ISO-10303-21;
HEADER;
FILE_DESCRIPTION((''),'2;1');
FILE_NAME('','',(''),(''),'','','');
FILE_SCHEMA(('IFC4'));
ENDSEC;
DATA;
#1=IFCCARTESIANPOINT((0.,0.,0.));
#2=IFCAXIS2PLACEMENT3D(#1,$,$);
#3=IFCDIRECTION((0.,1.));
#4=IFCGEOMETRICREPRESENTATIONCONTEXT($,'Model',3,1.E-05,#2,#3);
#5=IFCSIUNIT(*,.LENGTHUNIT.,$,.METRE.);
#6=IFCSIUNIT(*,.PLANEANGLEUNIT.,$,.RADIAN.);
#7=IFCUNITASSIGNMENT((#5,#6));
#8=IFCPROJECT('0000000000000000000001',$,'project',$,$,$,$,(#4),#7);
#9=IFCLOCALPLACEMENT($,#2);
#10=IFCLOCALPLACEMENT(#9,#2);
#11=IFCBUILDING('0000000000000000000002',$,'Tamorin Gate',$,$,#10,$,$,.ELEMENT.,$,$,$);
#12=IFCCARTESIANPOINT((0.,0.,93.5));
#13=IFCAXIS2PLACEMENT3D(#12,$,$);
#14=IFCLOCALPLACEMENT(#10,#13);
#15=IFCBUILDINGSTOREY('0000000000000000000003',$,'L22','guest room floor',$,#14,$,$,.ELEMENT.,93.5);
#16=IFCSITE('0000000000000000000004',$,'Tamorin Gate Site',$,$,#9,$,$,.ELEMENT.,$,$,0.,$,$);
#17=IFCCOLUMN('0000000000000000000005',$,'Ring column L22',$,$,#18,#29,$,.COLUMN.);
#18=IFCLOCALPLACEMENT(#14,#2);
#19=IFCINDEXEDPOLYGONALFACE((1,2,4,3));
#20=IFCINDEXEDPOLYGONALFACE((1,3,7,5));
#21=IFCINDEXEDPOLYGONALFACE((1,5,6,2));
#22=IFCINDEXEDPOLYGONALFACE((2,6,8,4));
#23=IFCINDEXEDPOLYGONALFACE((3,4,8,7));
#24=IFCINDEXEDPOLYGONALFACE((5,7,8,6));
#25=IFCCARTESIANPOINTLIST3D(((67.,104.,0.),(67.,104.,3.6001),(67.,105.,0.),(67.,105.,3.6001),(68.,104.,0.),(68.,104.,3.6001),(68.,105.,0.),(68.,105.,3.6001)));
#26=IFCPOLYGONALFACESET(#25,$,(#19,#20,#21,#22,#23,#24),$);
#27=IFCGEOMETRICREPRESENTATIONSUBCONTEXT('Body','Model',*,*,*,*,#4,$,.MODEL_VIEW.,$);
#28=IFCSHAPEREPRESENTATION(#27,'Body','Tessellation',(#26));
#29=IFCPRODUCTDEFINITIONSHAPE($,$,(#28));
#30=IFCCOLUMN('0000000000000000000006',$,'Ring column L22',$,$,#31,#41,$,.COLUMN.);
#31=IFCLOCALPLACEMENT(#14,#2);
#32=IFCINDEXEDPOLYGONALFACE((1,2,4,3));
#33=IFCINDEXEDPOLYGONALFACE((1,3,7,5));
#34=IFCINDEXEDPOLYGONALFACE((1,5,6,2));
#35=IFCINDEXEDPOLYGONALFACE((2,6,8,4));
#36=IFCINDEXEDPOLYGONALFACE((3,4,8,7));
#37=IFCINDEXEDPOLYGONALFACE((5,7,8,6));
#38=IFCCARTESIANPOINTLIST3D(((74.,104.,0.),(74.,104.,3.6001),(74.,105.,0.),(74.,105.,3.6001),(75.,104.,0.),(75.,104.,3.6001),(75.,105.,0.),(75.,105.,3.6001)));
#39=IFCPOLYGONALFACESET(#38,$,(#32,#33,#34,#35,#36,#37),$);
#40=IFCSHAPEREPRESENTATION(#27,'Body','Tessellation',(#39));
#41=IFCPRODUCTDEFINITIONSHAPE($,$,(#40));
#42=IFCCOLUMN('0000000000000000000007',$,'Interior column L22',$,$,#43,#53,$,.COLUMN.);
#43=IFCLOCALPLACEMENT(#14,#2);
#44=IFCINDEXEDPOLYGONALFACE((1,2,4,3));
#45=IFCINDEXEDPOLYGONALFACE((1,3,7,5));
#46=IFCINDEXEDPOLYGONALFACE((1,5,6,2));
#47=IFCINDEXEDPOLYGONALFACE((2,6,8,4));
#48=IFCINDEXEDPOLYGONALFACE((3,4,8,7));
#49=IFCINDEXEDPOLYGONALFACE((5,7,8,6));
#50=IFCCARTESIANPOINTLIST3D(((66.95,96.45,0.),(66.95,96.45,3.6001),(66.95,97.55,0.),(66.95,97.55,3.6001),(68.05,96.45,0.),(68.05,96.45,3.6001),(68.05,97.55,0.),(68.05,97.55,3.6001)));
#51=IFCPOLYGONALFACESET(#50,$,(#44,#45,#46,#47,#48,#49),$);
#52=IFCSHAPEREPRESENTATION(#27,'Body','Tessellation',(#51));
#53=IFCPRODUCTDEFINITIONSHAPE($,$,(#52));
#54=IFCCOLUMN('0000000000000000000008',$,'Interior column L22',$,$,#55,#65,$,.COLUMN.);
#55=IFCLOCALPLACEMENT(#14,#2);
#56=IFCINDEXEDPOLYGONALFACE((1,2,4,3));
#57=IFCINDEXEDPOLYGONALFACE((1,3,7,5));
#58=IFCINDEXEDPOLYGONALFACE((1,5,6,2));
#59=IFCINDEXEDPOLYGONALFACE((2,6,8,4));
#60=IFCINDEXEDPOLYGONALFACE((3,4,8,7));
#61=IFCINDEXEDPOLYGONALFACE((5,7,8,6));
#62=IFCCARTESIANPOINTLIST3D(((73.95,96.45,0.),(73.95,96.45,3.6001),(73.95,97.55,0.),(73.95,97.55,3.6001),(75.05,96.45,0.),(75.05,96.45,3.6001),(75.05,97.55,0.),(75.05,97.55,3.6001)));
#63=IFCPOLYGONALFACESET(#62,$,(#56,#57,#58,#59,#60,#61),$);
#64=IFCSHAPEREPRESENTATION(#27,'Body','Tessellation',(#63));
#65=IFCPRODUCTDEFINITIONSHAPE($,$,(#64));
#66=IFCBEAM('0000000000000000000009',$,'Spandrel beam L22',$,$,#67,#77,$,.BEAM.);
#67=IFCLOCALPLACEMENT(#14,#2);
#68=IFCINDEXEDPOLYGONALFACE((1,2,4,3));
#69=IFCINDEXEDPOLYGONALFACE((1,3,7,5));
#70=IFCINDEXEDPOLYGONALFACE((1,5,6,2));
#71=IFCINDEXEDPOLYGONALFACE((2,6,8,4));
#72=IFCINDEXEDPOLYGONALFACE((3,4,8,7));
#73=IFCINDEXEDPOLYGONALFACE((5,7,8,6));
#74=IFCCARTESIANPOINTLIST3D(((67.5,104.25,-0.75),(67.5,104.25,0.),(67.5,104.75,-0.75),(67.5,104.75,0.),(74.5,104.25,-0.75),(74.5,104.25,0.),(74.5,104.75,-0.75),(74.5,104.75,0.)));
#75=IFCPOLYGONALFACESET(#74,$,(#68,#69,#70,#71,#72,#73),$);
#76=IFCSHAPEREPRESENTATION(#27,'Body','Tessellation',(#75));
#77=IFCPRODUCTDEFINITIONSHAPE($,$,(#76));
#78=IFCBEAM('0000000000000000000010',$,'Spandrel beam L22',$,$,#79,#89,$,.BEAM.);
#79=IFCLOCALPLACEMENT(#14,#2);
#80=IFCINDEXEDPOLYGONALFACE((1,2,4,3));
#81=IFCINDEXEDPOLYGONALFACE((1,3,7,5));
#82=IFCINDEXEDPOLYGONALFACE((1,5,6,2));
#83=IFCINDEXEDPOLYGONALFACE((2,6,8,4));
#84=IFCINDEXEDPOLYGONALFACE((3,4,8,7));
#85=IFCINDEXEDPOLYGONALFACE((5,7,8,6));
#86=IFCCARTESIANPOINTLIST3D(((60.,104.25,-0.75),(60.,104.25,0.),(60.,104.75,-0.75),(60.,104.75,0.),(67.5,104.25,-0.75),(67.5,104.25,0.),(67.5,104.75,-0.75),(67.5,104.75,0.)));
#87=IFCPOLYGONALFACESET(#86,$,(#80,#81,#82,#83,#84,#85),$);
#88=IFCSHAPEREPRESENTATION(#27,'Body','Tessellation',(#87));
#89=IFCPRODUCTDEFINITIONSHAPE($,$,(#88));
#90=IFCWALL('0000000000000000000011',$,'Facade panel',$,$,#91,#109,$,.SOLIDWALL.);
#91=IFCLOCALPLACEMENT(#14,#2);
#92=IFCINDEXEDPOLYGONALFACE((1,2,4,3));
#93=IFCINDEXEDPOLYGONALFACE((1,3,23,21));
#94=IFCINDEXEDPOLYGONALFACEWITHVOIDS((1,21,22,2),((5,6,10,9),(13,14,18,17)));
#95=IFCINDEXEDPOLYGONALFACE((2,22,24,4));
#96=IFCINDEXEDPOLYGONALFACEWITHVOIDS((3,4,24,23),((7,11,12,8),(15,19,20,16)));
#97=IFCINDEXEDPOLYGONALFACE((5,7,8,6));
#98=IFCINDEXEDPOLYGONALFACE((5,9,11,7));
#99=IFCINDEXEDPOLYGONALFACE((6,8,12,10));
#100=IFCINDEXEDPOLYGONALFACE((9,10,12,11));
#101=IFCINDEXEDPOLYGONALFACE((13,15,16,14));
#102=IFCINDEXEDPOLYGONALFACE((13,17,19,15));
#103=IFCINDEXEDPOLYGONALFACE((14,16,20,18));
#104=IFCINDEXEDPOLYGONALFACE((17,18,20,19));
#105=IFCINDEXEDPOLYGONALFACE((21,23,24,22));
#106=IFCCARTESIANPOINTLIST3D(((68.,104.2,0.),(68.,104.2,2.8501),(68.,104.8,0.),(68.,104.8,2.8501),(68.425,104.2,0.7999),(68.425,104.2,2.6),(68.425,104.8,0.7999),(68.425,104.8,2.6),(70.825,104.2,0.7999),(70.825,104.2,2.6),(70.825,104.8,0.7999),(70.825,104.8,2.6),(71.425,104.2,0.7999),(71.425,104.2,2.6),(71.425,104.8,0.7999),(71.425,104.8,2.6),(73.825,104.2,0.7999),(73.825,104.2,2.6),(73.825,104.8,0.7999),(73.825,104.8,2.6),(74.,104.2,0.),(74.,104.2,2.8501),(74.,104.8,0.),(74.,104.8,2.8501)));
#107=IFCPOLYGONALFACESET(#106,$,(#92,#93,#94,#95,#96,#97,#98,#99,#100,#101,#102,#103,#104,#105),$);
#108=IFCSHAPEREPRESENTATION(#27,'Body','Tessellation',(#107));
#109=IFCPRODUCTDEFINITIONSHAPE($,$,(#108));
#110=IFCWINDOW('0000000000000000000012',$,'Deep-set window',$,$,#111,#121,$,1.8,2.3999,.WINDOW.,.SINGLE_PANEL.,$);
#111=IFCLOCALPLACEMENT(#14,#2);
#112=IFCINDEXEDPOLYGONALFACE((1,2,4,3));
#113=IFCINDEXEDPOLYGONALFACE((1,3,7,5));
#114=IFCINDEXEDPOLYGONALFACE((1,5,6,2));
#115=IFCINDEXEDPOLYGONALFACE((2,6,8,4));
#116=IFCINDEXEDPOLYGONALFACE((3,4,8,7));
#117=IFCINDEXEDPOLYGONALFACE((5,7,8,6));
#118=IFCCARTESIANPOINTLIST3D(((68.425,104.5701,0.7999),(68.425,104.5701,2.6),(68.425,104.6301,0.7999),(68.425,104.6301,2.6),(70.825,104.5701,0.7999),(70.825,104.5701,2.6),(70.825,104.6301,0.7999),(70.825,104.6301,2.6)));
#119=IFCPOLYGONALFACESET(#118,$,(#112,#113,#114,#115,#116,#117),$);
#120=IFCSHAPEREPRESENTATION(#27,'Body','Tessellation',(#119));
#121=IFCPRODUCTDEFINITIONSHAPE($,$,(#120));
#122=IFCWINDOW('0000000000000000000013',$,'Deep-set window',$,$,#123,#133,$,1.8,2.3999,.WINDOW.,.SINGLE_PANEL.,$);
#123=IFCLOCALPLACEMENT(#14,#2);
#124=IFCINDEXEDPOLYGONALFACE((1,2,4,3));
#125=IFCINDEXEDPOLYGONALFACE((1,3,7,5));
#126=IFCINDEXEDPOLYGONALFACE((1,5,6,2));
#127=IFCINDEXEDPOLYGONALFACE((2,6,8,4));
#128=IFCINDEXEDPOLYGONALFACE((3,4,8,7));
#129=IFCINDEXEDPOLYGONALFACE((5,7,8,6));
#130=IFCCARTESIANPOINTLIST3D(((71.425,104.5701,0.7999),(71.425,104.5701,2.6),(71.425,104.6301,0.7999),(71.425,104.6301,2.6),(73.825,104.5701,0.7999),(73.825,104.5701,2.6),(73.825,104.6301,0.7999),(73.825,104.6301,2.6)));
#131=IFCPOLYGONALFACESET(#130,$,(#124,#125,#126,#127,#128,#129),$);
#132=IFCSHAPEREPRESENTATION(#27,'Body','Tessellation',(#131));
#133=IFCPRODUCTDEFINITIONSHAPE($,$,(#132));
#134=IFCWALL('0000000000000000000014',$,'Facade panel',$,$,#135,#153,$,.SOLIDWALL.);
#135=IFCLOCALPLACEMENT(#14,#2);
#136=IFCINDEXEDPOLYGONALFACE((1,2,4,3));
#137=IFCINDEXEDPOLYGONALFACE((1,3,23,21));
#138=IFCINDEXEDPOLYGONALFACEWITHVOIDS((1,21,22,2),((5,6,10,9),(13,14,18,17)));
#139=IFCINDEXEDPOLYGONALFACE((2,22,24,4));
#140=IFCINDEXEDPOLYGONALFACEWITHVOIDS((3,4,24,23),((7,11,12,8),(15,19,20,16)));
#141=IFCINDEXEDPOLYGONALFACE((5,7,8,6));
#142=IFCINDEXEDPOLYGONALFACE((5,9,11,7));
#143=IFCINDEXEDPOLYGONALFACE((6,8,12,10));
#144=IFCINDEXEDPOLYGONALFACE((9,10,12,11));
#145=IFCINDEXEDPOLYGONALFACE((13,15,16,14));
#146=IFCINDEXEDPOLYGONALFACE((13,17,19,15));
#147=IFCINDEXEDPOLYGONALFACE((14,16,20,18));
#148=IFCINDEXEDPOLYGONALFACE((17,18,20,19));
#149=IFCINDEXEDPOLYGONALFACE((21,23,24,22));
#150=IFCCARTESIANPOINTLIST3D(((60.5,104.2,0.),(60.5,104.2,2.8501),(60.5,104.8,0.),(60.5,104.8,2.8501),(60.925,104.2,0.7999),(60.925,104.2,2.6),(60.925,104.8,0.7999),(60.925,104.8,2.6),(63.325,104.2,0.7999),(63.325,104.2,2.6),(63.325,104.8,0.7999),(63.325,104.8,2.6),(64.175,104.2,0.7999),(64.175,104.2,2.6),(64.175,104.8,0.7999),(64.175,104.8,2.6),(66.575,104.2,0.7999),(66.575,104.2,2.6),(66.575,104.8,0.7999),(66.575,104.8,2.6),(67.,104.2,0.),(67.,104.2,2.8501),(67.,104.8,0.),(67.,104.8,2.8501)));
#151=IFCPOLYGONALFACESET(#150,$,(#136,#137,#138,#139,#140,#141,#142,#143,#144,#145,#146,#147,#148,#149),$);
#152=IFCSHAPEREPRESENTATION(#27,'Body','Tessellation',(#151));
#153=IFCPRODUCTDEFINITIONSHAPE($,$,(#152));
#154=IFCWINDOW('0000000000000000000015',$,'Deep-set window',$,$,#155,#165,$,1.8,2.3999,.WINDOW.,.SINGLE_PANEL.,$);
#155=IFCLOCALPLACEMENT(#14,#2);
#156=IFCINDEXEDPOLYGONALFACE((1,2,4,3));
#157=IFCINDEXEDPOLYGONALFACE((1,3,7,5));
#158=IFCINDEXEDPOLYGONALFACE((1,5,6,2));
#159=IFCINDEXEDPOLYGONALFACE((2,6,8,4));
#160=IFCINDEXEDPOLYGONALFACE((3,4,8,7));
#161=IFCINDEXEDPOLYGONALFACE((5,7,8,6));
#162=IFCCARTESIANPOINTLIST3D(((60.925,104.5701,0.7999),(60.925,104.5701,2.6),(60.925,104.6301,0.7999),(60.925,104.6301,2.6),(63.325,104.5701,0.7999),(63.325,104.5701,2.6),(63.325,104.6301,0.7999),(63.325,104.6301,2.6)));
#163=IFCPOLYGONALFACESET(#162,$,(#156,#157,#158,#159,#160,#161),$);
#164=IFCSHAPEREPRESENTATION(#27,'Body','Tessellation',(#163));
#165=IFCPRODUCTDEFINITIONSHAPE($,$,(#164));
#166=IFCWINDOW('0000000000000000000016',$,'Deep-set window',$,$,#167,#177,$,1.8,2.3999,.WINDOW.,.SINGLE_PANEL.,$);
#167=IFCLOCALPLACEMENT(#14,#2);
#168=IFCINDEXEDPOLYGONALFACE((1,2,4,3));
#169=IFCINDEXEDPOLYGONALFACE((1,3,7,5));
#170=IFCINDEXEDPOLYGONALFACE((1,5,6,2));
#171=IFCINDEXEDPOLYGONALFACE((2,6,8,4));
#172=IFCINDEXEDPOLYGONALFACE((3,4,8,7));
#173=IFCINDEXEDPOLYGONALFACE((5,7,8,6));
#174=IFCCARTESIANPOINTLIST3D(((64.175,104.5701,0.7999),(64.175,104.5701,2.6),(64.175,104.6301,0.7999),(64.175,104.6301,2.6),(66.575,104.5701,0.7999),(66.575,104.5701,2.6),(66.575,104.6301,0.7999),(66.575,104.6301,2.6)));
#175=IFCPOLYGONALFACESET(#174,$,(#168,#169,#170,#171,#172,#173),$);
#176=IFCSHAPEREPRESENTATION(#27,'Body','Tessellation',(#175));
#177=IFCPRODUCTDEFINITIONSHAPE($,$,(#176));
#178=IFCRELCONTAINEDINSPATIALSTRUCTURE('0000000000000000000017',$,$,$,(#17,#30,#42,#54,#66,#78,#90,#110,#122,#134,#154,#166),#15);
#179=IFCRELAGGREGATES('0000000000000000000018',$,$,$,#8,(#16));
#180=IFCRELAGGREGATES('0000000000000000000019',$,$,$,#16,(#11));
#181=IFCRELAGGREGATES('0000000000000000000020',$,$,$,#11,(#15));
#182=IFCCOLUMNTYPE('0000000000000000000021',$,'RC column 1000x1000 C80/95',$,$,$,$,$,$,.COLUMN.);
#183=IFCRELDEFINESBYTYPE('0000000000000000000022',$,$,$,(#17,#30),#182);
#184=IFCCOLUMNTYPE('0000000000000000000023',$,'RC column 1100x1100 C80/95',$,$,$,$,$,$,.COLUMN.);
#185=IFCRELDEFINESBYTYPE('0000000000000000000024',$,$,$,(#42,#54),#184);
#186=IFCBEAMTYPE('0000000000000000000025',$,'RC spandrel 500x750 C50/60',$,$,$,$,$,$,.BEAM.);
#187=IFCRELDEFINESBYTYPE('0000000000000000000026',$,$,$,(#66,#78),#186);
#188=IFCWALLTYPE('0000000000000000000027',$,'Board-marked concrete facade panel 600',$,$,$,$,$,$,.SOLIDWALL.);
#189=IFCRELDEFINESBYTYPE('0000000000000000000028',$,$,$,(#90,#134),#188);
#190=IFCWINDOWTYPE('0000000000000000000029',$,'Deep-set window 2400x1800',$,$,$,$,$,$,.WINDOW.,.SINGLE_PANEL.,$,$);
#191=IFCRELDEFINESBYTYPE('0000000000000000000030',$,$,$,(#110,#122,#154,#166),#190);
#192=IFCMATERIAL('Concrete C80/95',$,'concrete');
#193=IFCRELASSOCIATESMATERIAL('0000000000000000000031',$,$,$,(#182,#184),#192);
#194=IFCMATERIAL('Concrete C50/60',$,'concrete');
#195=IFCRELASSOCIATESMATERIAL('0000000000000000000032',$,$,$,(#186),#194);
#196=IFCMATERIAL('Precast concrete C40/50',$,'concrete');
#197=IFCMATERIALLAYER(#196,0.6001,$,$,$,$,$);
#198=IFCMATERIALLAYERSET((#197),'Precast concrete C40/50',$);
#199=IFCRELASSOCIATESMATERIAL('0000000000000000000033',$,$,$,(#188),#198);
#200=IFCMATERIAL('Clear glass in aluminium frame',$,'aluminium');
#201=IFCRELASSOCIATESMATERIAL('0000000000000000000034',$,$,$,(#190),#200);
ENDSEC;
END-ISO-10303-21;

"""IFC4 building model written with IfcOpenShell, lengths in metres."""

from ifc_helpers import new_model, si_unit, direction, frame, frame_2d, origin, origin_2d, place, context, subcontext, project, spatial, rectangle, extrude, material, layer, layer_set, material_profile, profile_set, type_object, element, fill, save


model = new_model("IFC4")

# Units and contexts
model_context = context("Model", 3, precision=1e-05, world=origin(), true_north=direction((0.0, 1.0)))
body_context = subcontext(model_context, "Body", "Model", "MODEL_VIEW")
ifc_project = project(units=[si_unit("LENGTHUNIT", "METRE"), si_unit("PLANEANGLEUNIT", "RADIAN")], contexts=[model_context])

# Site, building, storey
site_placement = place(None, origin())
site = spatial("IfcSite", under=ifc_project, at=site_placement, Name="Tamorin Gate Site", CompositionType="ELEMENT", RefElevation=0.0)
building_placement = place(site_placement, origin())
building = spatial("IfcBuilding", under=site, at=building_placement, Name="Tamorin Gate", CompositionType="ELEMENT")
storey_placement = place(building_placement, frame((0.0, 0.0, 93.5)))
storey = spatial("IfcBuildingStorey", under=building, at=storey_placement, Name="L22", Description="guest room floor", CompositionType="ELEMENT", Elevation=93.5)

# Columns
ifc_material_1 = material(Name="Concrete C80/95", Category="concrete")
ifc_material_profile_1 = material_profile(ifc_material_1, rectangle(XDim=1.0, YDim=1.0, at=origin_2d()), Name="RC 1000x1000")
ifc_profile_set_1 = profile_set([ifc_material_profile_1], Name="Concrete C80/95")
column_type_1 = type_object("IfcColumnType", Name="RC column 1000x1000 C80/95", PredefinedType="COLUMN", material=ifc_profile_set_1)
for number, where, z_axis, x_axis, name in (
    (1, (67.5, 104.5, 0.0), (0.0, 0.0, 1.0), (1.0, 0.0, 0.0), "Ring column L22"),
    (2, (74.5, 104.5, 0.0), (0.0, 0.0, 1.0), (1.0, 0.0, 0.0), "Ring column L22"),
):
    element("IfcColumn", number, at=place(storey_placement, frame(where, z_axis=z_axis, x_axis=x_axis)), inside=storey, type_object=column_type_1, Name=name, PredefinedType="COLUMN", context=body_context, shape_type="SweptSolid", body=[
        extrude(rectangle(XDim=1.0, YDim=1.0, at=origin_2d()), origin(), (0.0, 0.0, 1.0), 3.6001),
    ])
ifc_material_profile_2 = material_profile(ifc_material_1, rectangle(XDim=1.1001, YDim=1.1001, at=origin_2d()), Name="RC 1100x1100")
ifc_profile_set_2 = profile_set([ifc_material_profile_2], Name="Concrete C80/95")
column_type_2 = type_object("IfcColumnType", Name="RC column 1100x1100 C80/95", PredefinedType="COLUMN", material=ifc_profile_set_2)
for number, where, z_axis, x_axis, name in (
    (3, (67.5, 97.0, 0.0), (0.0, 0.0, 1.0), (1.0, 0.0, 0.0), "Interior column L22"),
    (4, (74.5, 97.0, 0.0), (0.0, 0.0, 1.0), (1.0, 0.0, 0.0), "Interior column L22"),
):
    element("IfcColumn", number, at=place(storey_placement, frame(where, z_axis=z_axis, x_axis=x_axis)), inside=storey, type_object=column_type_2, Name=name, PredefinedType="COLUMN", context=body_context, shape_type="SweptSolid", body=[
        extrude(rectangle(XDim=1.1001, YDim=1.1001, at=origin_2d()), origin(), (0.0, 0.0, 1.0), 3.6001),
    ])

# Beams
ifc_material_2 = material(Name="Concrete C50/60", Category="concrete")
ifc_material_profile_3 = material_profile(ifc_material_2, rectangle(XDim=0.5, YDim=0.75, at=origin_2d()), Name="RC 500x750")
ifc_profile_set_3 = profile_set([ifc_material_profile_3], Name="Concrete C50/60")
beam_type = type_object("IfcBeamType", Name="RC spandrel 500x750 C50/60", PredefinedType="BEAM", material=ifc_profile_set_3)
beam_1_placement = place(storey_placement, frame((74.5, 104.5, -0.375), z_axis=(-1.0, 0.0, 0.0), x_axis=(0.0, -1.0, 0.0)))
element("IfcBeam", 5, at=beam_1_placement, inside=storey, type_object=beam_type, Name="Spandrel beam L22", PredefinedType="BEAM", context=body_context, shape_type="SweptSolid", body=[
    extrude(rectangle(XDim=0.5, YDim=0.75, at=origin_2d()), origin(), (0.0, 0.0, 1.0), 7.0),
])
beam_2_placement = place(storey_placement, frame((67.5, 104.5, -0.375), z_axis=(-1.0, 0.0, 0.0), x_axis=(0.0, -1.0, 0.0)))
element("IfcBeam", 6, at=beam_2_placement, inside=storey, type_object=beam_type, Name="Spandrel beam L22", PredefinedType="BEAM", context=body_context, shape_type="SweptSolid", body=[
    extrude(rectangle(XDim=0.5, YDim=0.75, at=origin_2d()), origin(), (0.0, 0.0, 1.0), 7.5),
])

# Walls, openings, windows
ifc_material_3 = material(Name="Precast concrete C40/50", Category="concrete")
ifc_layer_1 = layer(ifc_material_3, 0.6001)
ifc_layer_set_1 = layer_set([ifc_layer_1], Name="Precast concrete C40/50")
wall_type_1 = type_object("IfcWallType", Name="Board-marked concrete facade panel 600", PredefinedType="SOLIDWALL", material=ifc_layer_set_1)
wall_1_placement = place(storey_placement, frame((74.0, 104.5, 0.0), z_axis=(0.0, 0.0, 1.0), x_axis=(-1.0, 0.0, 0.0)))
wall_1 = element("IfcWall", 7, at=wall_1_placement, inside=storey, type_object=wall_type_1, Name="Facade panel", PredefinedType="SOLIDWALL", context=body_context, shape_type="SweptSolid", body=[
    extrude(rectangle(XDim=6.0, YDim=0.6001, at=frame_2d((3.0, 0.0))), origin(), (0.0, 0.0, 1.0), 2.8501),
])
opening_1_placement = place(wall_1_placement, frame((3.175, 0.0, 0.8)))
opening_1 = element("IfcOpeningElement", 8, at=opening_1_placement, cuts=wall_1, PredefinedType="OPENING", context=body_context, shape_type="SweptSolid", body=[
    extrude(rectangle(XDim=2.3999, YDim=1.8, at=frame_2d((1.2, 0.8999))), frame((0.0, 0.3101, 0.0), z_axis=(0.0, -1.0, 0.0), x_axis=(1.0, 0.0, 0.0)), (0.0, 0.0, 1.0), 0.6201),
])
opening_2_placement = place(wall_1_placement, frame((0.175, 0.0, 0.8)))
opening_2 = element("IfcOpeningElement", 9, at=opening_2_placement, cuts=wall_1, PredefinedType="OPENING", context=body_context, shape_type="SweptSolid", body=[
    extrude(rectangle(XDim=2.3999, YDim=1.8, at=frame_2d((1.2, 0.8999))), frame((0.0, 0.3101, 0.0), z_axis=(0.0, -1.0, 0.0), x_axis=(1.0, 0.0, 0.0)), (0.0, 0.0, 1.0), 0.6201),
])
ifc_material_4 = material(Name="Clear glass in aluminium frame", Category="aluminium")
window_type = type_object("IfcWindowType", Name="Deep-set window 2400x1800", PartitioningType="SINGLE_PANEL", PredefinedType="WINDOW", material=ifc_material_4)
window_1_placement = place(opening_1_placement, origin())
window_1 = element("IfcWindow", 10, at=window_1_placement, inside=storey, type_object=window_type, Name="Deep-set window", OverallHeight=1.8, OverallWidth=2.3999, PartitioningType="SINGLE_PANEL", PredefinedType="WINDOW", context=body_context, shape_type="SweptSolid", body=[
    extrude(rectangle(XDim=2.3999, YDim=1.8, at=frame_2d((1.2, 0.8999))), frame((0.0, -0.0701, 0.0), z_axis=(0.0, -1.0, 0.0), x_axis=(1.0, 0.0, 0.0)), (0.0, 0.0, 1.0), 0.0601),
])
fill(opening_1, window_1)
window_2_placement = place(opening_2_placement, origin())
window_2 = element("IfcWindow", 11, at=window_2_placement, inside=storey, type_object=window_type, Name="Deep-set window", OverallHeight=1.8, OverallWidth=2.3999, PartitioningType="SINGLE_PANEL", PredefinedType="WINDOW", context=body_context, shape_type="SweptSolid", body=[
    extrude(rectangle(XDim=2.3999, YDim=1.8, at=frame_2d((1.2, 0.8999))), frame((0.0, -0.0701, 0.0), z_axis=(0.0, -1.0, 0.0), x_axis=(1.0, 0.0, 0.0)), (0.0, 0.0, 1.0), 0.0601),
])
fill(opening_2, window_2)
wall_2_placement = place(storey_placement, frame((67.0, 104.5, 0.0), z_axis=(0.0, 0.0, 1.0), x_axis=(-1.0, 0.0, 0.0)))
wall_2 = element("IfcWall", 12, at=wall_2_placement, inside=storey, type_object=wall_type_1, Name="Facade panel", PredefinedType="SOLIDWALL", context=body_context, shape_type="SweptSolid", body=[
    extrude(rectangle(XDim=6.5, YDim=0.6001, at=frame_2d((3.25, 0.0))), origin(), (0.0, 0.0, 1.0), 2.8501),
])
opening_3_placement = place(wall_2_placement, frame((3.675, 0.0, 0.8)))
opening_3 = element("IfcOpeningElement", 13, at=opening_3_placement, cuts=wall_2, PredefinedType="OPENING", context=body_context, shape_type="SweptSolid", body=[
    extrude(rectangle(XDim=2.3999, YDim=1.8, at=frame_2d((1.2, 0.8999))), frame((0.0, 0.3101, 0.0), z_axis=(0.0, -1.0, 0.0), x_axis=(1.0, 0.0, 0.0)), (0.0, 0.0, 1.0), 0.6201),
])
opening_4_placement = place(wall_2_placement, frame((0.425, 0.0, 0.8)))
opening_4 = element("IfcOpeningElement", 14, at=opening_4_placement, cuts=wall_2, PredefinedType="OPENING", context=body_context, shape_type="SweptSolid", body=[
    extrude(rectangle(XDim=2.3999, YDim=1.8, at=frame_2d((1.2, 0.8999))), frame((0.0, 0.3101, 0.0), z_axis=(0.0, -1.0, 0.0), x_axis=(1.0, 0.0, 0.0)), (0.0, 0.0, 1.0), 0.6201),
])
window_3_placement = place(opening_3_placement, origin())
window_3 = element("IfcWindow", 15, at=window_3_placement, inside=storey, type_object=window_type, Name="Deep-set window", OverallHeight=1.8, OverallWidth=2.3999, PartitioningType="SINGLE_PANEL", PredefinedType="WINDOW", context=body_context, shape_type="SweptSolid", body=[
    extrude(rectangle(XDim=2.3999, YDim=1.8, at=frame_2d((1.2, 0.8999))), frame((0.0, -0.0701, 0.0), z_axis=(0.0, -1.0, 0.0), x_axis=(1.0, 0.0, 0.0)), (0.0, 0.0, 1.0), 0.0601),
])
fill(opening_3, window_3)
window_4_placement = place(opening_4_placement, origin())
window_4 = element("IfcWindow", 16, at=window_4_placement, inside=storey, type_object=window_type, Name="Deep-set window", OverallHeight=1.8, OverallWidth=2.3999, PartitioningType="SINGLE_PANEL", PredefinedType="WINDOW", context=body_context, shape_type="SweptSolid", body=[
    extrude(rectangle(XDim=2.3999, YDim=1.8, at=frame_2d((1.2, 0.8999))), frame((0.0, -0.0701, 0.0), z_axis=(0.0, -1.0, 0.0), x_axis=(1.0, 0.0, 0.0)), (0.0, 0.0, 1.0), 0.0601),
])
fill(opening_4, window_4)

save(model, "model.ifc")
